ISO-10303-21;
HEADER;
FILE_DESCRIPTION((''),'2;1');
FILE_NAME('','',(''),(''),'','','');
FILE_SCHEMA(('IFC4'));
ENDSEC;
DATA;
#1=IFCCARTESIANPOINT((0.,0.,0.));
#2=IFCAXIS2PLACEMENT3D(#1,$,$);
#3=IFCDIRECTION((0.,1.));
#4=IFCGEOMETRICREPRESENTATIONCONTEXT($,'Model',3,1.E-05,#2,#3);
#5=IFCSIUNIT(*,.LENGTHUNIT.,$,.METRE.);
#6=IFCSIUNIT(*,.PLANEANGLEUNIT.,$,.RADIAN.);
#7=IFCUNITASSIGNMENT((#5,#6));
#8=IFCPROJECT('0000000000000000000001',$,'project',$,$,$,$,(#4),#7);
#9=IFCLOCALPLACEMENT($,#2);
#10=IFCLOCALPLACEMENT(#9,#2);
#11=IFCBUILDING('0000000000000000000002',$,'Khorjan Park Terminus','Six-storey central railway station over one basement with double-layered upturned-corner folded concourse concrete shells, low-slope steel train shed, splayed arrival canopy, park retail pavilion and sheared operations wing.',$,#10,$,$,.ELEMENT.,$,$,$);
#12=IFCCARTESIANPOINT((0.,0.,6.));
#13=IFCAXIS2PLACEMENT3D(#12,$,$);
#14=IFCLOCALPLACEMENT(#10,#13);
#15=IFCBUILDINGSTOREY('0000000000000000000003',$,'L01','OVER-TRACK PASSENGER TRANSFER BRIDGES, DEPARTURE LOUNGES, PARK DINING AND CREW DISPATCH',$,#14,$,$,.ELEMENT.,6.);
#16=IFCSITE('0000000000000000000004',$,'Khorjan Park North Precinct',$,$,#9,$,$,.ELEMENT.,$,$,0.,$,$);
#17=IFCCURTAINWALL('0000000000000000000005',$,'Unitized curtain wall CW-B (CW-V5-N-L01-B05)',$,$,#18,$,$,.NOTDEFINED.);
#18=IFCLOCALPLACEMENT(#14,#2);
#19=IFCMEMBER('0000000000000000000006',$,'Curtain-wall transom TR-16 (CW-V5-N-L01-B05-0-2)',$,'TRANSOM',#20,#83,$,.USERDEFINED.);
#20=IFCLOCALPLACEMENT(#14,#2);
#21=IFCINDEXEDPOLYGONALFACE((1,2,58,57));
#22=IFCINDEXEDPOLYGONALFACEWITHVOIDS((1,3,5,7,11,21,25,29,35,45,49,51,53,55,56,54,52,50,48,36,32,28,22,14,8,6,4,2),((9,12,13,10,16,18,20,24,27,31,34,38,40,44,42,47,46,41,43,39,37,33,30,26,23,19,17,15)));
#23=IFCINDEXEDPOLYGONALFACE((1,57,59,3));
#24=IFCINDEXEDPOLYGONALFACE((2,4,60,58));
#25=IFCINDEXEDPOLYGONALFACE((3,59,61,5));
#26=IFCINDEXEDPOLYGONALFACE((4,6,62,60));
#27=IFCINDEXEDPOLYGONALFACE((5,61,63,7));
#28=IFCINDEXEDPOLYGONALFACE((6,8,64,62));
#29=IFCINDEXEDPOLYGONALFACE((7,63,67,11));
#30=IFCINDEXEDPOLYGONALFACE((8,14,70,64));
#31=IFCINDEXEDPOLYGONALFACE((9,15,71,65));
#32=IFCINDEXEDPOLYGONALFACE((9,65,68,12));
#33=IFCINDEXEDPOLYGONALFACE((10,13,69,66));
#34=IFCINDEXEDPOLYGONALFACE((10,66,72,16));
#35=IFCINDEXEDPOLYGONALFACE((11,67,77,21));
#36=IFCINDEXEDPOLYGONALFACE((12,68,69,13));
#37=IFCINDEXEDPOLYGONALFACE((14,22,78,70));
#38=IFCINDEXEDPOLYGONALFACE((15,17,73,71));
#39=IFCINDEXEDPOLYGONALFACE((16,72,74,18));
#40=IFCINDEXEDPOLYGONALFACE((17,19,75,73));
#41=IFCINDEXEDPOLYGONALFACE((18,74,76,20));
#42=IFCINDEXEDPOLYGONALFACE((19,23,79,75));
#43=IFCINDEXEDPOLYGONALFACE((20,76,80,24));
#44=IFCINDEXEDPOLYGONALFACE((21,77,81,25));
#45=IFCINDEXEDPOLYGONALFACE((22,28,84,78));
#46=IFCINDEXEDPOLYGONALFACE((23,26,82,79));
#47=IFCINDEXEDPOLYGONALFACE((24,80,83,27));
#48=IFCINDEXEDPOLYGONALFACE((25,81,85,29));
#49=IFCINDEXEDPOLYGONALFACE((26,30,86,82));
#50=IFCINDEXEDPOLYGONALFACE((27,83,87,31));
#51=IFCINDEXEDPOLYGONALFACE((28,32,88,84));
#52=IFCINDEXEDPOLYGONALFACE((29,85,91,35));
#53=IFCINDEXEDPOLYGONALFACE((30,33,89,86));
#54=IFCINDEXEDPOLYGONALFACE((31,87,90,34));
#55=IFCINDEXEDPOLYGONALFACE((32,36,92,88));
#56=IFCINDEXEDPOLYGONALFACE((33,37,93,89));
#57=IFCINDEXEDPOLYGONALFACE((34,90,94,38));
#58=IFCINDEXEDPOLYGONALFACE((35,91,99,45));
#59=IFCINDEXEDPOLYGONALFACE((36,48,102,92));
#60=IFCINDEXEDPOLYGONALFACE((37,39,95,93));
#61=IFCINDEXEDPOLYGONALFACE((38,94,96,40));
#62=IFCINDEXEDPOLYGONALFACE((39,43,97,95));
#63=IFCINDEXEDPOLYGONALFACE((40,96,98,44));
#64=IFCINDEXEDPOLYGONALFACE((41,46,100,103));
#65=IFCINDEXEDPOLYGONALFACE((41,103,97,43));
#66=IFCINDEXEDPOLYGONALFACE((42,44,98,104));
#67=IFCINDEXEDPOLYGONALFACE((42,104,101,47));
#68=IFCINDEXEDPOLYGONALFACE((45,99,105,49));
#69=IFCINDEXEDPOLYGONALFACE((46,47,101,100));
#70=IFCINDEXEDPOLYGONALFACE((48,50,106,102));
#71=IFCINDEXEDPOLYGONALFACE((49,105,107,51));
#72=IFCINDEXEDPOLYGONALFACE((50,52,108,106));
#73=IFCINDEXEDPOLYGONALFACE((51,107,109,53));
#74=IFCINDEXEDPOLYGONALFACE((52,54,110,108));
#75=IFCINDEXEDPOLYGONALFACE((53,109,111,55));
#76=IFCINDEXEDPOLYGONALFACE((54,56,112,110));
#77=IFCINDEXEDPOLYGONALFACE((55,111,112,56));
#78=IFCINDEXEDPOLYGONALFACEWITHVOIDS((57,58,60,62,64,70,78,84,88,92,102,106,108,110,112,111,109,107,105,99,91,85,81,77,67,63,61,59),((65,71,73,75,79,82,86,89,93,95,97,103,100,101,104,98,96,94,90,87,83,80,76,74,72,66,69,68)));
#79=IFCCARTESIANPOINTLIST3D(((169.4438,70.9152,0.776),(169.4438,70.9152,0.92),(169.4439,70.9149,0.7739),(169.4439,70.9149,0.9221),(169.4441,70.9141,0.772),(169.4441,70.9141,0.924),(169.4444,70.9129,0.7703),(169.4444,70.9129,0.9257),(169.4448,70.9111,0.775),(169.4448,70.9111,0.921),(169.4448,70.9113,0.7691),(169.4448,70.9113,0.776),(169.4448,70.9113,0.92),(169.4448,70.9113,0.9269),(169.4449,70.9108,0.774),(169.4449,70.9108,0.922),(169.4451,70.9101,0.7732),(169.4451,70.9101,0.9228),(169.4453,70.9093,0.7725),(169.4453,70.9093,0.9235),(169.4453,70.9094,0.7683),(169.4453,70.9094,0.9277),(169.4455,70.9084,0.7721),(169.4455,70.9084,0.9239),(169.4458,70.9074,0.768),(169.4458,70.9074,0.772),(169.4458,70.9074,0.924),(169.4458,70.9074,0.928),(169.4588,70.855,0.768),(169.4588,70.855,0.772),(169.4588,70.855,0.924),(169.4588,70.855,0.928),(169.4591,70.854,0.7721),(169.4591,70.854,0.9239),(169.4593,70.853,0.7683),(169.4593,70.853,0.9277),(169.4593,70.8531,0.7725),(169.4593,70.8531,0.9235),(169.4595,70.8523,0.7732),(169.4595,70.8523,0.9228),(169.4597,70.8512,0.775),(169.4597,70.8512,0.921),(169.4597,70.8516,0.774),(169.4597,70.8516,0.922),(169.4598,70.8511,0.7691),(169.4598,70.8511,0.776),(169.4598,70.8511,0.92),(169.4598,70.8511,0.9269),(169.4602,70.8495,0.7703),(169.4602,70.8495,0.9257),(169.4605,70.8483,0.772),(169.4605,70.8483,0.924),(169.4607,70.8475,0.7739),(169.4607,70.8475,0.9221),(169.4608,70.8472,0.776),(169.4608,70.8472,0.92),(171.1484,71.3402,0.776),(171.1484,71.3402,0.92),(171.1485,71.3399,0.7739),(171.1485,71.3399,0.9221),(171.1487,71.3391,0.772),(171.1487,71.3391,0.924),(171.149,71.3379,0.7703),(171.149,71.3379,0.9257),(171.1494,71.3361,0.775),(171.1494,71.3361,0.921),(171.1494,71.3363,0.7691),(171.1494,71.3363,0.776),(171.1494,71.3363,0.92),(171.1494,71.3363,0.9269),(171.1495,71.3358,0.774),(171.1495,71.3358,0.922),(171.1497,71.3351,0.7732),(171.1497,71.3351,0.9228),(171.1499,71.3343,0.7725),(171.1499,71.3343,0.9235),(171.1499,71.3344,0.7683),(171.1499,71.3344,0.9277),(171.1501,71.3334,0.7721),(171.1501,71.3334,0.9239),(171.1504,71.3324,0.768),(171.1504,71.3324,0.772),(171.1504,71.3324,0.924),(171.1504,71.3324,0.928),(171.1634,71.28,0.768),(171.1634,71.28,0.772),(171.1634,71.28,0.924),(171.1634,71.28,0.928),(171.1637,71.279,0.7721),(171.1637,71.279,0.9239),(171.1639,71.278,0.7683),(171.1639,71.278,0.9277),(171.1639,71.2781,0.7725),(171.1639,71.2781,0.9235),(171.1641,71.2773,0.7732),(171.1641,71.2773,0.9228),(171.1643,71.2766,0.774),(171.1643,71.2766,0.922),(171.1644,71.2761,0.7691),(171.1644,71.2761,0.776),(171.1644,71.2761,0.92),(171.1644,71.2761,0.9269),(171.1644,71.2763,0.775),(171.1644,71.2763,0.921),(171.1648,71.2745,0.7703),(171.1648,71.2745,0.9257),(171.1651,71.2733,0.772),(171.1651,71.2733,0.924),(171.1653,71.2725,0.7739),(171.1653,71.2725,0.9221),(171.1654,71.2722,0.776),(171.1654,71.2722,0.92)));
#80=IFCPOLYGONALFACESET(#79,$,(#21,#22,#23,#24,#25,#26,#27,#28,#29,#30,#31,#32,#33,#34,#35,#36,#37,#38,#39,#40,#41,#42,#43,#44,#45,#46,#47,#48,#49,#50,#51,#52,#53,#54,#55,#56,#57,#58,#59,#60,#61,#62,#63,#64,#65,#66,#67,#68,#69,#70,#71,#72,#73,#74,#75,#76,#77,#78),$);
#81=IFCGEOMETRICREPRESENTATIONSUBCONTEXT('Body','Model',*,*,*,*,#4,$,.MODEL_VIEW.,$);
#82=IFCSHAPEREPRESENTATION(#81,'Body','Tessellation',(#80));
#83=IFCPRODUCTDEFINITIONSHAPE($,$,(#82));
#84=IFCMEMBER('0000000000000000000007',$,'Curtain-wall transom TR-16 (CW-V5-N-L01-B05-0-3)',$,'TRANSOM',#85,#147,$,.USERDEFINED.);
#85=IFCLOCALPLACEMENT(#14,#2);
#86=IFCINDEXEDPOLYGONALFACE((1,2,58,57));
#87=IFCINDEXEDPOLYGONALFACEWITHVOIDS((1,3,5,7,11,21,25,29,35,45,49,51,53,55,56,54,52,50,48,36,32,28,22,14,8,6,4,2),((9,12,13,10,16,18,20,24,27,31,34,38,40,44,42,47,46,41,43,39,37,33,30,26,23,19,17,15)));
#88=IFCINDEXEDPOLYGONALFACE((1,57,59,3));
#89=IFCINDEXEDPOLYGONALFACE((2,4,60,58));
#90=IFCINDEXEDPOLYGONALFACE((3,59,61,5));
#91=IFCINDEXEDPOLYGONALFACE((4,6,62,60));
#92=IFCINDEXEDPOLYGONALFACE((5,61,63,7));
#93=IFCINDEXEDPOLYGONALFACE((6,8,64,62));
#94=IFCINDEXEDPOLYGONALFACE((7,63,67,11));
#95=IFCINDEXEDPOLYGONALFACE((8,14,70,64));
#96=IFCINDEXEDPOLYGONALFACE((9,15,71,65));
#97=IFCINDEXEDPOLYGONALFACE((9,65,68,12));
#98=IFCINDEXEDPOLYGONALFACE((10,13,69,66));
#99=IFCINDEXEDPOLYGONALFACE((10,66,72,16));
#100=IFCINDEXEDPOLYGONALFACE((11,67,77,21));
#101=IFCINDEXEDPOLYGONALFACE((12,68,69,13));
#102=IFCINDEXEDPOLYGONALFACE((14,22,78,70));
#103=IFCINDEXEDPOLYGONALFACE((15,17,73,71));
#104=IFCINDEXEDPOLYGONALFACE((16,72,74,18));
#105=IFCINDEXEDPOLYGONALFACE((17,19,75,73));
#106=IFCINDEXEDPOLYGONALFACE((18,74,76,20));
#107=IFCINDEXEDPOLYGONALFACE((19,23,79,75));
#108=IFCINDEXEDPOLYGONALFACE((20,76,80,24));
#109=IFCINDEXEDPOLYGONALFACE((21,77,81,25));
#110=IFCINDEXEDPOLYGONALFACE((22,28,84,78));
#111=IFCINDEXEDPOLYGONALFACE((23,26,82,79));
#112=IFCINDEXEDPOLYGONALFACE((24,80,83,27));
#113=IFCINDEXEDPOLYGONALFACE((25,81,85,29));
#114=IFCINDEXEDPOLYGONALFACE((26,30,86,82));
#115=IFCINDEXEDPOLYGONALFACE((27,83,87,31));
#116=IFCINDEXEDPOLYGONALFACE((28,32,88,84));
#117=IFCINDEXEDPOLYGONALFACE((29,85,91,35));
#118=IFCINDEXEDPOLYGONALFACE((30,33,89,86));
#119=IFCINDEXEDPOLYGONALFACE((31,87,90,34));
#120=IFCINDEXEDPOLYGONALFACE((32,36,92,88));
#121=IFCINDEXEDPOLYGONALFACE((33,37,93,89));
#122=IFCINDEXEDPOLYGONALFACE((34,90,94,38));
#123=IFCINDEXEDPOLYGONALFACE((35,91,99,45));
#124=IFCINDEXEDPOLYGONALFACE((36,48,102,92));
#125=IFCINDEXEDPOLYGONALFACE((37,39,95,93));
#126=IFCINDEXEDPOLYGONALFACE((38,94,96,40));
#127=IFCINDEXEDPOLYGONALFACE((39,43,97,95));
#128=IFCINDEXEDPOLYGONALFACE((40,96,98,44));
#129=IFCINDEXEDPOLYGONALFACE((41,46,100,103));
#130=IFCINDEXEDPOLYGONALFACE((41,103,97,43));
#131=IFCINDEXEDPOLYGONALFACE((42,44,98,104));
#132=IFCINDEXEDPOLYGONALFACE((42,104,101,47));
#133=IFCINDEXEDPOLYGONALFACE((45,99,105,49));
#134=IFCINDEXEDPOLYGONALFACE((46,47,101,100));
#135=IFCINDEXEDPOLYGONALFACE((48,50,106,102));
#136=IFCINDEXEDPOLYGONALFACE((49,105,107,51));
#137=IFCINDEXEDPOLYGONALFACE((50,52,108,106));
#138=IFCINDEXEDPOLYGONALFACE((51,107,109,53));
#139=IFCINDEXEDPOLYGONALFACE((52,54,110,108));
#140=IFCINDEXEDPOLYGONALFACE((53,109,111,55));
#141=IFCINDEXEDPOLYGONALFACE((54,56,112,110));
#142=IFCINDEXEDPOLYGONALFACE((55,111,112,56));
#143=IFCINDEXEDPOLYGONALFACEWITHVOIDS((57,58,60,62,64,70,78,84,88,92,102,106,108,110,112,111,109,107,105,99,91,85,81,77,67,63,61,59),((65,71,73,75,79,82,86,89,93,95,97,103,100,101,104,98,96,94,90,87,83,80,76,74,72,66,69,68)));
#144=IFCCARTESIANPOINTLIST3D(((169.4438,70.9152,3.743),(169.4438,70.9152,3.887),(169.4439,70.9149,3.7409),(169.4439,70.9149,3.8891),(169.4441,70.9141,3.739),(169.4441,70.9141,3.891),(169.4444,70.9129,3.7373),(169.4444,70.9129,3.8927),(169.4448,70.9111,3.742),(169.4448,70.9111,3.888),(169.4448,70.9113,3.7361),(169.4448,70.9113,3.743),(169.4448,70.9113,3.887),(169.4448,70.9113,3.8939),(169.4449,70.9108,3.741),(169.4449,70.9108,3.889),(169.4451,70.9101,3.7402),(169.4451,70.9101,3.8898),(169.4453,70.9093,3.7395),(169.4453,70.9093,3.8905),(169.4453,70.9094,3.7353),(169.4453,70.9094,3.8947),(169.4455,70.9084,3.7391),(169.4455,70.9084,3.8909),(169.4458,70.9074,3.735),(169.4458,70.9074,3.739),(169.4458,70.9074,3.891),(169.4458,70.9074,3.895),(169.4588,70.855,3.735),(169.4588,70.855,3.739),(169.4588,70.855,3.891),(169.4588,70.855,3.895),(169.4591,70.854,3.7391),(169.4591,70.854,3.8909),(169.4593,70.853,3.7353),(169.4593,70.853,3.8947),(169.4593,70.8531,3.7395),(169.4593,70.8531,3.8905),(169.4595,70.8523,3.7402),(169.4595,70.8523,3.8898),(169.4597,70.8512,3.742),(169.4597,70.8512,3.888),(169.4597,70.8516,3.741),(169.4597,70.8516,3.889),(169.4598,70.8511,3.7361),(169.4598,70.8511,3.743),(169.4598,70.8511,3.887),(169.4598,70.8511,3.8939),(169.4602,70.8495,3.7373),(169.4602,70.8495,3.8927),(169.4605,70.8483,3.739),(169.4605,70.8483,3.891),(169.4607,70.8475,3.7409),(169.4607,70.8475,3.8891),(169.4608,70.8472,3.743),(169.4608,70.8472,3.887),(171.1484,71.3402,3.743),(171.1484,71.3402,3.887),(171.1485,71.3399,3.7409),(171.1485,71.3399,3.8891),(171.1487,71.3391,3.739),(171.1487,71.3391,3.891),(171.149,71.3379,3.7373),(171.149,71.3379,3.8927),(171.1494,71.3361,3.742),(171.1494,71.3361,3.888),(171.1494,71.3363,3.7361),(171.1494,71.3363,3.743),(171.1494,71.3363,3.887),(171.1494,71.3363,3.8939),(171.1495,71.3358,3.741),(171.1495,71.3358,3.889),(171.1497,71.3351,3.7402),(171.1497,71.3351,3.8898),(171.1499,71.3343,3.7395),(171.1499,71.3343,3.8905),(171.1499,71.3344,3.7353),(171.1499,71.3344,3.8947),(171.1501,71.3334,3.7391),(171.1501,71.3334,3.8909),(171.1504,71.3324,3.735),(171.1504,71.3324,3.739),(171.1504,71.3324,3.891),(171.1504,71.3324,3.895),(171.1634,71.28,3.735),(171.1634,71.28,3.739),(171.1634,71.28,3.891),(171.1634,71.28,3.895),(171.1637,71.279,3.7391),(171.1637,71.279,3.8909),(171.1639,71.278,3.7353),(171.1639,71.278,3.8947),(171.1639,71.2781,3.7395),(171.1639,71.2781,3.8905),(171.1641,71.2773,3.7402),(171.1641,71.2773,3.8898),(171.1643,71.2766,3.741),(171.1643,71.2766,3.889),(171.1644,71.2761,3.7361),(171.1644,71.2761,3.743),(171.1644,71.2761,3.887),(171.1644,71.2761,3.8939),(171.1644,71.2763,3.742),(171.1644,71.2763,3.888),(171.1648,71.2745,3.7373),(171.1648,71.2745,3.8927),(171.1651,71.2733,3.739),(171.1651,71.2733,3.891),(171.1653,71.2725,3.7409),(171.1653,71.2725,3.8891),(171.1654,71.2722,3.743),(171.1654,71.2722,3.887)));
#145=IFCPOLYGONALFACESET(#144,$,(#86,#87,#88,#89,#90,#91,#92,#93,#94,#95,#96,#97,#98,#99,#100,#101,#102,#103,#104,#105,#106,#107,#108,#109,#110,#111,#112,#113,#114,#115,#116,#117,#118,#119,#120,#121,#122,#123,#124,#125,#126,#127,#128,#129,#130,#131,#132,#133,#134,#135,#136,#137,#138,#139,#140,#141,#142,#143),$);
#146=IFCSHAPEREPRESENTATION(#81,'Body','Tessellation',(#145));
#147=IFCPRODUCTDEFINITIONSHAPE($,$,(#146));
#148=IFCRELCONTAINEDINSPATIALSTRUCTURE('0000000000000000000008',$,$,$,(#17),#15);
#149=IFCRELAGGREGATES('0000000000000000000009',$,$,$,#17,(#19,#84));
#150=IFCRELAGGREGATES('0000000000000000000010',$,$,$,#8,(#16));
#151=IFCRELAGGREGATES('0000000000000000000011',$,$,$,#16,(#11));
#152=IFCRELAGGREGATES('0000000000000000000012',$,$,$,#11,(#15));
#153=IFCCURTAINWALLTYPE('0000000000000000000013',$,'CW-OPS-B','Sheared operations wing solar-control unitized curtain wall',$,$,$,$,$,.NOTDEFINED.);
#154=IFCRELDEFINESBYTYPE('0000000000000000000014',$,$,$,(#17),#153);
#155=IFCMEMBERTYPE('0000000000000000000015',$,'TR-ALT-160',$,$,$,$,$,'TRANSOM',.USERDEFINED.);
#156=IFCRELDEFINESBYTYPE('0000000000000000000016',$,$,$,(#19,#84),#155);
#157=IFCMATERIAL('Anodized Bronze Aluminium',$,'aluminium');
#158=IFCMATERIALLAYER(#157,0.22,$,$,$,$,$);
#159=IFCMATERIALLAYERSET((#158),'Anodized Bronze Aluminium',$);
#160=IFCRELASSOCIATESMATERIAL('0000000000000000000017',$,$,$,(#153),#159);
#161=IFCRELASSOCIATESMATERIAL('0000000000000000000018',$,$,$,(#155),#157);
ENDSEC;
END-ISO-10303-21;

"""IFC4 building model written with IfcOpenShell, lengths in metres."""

from ifc_helpers import new_model, si_unit, direction, frame, origin, origin_2d, place, context, subcontext, project, spatial, hollow_rectangle, extrude, material, layer, layer_set, material_profile, profile_set, type_object, element, aggregate, save


model = new_model("IFC4")

# Units and contexts
model_context = context("Model", 3, precision=1e-05, world=origin(), true_north=direction((0.0, 1.0)))
body_context = subcontext(model_context, "Body", "Model", "MODEL_VIEW")
ifc_project = project(units=[si_unit("LENGTHUNIT", "METRE"), si_unit("PLANEANGLEUNIT", "RADIAN")], contexts=[model_context])

# Site, building, storey
site_placement = place(None, origin())
site = spatial("IfcSite", under=ifc_project, at=site_placement, Name="Khorjan Park North Precinct", CompositionType="ELEMENT", RefElevation=0.0)
building_placement = place(site_placement, origin())
building = spatial("IfcBuilding", under=site, at=building_placement, Name="Khorjan Park Terminus", Description="Six-storey central railway station over one basement with double-layered upturned-corner folded concourse concrete shells, low-slope steel train shed, splayed arrival canopy, park retail pavilion and sheared operations wing.", CompositionType="ELEMENT")
storey_placement = place(building_placement, frame((0.0, 0.0, 6.0)))
storey = spatial("IfcBuildingStorey", under=building, at=storey_placement, Name="L01", Description="OVER-TRACK PASSENGER TRANSFER BRIDGES, DEPARTURE LOUNGES, PARK DINING AND CREW DISPATCH", CompositionType="ELEMENT", Elevation=6.0)

# Curtain wall, members
ifc_material_1 = material(Name="Anodized Bronze Aluminium", Category="aluminium")
ifc_layer_1 = layer(ifc_material_1, 0.22)
ifc_layer_set_1 = layer_set([ifc_layer_1], Name="Anodized Bronze Aluminium")
curtain_wall_type = type_object("IfcCurtainWallType", Name="CW-OPS-B", Description="Sheared operations wing solar-control unitized curtain wall", PredefinedType="NOTDEFINED", material=ifc_layer_set_1)
curtain_wall_placement = place(storey_placement, origin())
curtain_wall = element("IfcCurtainWall", 1, at=curtain_wall_placement, inside=storey, type_object=curtain_wall_type, Name="Unitized curtain wall CW-B (CW-V5-N-L01-B05)", PredefinedType="NOTDEFINED")
ifc_material_profile_1 = material_profile(ifc_material_1, hollow_rectangle(XDim=0.07, YDim=0.16, WallThickness=0.004, InnerFilletRadius=0.004, OuterFilletRadius=0.008, at=origin_2d()), Name="ALT 70x160x4")
ifc_profile_set_1 = profile_set([ifc_material_profile_1], Name="Anodized Bronze Aluminium")
member_type_1 = type_object("IfcMemberType", Name="TR-ALT-160", ElementType="TRANSOM", PredefinedType="USERDEFINED", material=ifc_profile_set_1)
member_1_placement = place(storey_placement, frame((171.1569, 71.3062, 0.848), z_axis=(-0.970296, -0.241919, 0.0), x_axis=(0.241919, -0.970296, 0.0)))
member_1 = element("IfcMember", 2, at=member_1_placement, type_object=member_type_1, Name="Curtain-wall transom TR-16 (CW-V5-N-L01-B05-0-2)", ObjectType="TRANSOM", PredefinedType="USERDEFINED", context=body_context, shape_type="SweptSolid", body=[
    extrude(hollow_rectangle(XDim=0.07, YDim=0.16, WallThickness=0.004, InnerFilletRadius=0.004, OuterFilletRadius=0.008, at=origin_2d()), origin(), (0.0, 0.0, 1.0), 1.7568),
])
member_2_placement = place(storey_placement, frame((171.1569, 71.3062, 3.815), z_axis=(-0.970296, -0.241919, 0.0), x_axis=(0.241919, -0.970296, 0.0)))
member_2 = element("IfcMember", 3, at=member_2_placement, type_object=member_type_1, Name="Curtain-wall transom TR-16 (CW-V5-N-L01-B05-0-3)", ObjectType="TRANSOM", PredefinedType="USERDEFINED", context=body_context, shape_type="SweptSolid", body=[
    extrude(hollow_rectangle(XDim=0.07, YDim=0.16, WallThickness=0.004, InnerFilletRadius=0.004, OuterFilletRadius=0.008, at=origin_2d()), origin(), (0.0, 0.0, 1.0), 1.7568),
])
aggregate(curtain_wall, [member_1, member_2])

save(model, "model.ifc")
